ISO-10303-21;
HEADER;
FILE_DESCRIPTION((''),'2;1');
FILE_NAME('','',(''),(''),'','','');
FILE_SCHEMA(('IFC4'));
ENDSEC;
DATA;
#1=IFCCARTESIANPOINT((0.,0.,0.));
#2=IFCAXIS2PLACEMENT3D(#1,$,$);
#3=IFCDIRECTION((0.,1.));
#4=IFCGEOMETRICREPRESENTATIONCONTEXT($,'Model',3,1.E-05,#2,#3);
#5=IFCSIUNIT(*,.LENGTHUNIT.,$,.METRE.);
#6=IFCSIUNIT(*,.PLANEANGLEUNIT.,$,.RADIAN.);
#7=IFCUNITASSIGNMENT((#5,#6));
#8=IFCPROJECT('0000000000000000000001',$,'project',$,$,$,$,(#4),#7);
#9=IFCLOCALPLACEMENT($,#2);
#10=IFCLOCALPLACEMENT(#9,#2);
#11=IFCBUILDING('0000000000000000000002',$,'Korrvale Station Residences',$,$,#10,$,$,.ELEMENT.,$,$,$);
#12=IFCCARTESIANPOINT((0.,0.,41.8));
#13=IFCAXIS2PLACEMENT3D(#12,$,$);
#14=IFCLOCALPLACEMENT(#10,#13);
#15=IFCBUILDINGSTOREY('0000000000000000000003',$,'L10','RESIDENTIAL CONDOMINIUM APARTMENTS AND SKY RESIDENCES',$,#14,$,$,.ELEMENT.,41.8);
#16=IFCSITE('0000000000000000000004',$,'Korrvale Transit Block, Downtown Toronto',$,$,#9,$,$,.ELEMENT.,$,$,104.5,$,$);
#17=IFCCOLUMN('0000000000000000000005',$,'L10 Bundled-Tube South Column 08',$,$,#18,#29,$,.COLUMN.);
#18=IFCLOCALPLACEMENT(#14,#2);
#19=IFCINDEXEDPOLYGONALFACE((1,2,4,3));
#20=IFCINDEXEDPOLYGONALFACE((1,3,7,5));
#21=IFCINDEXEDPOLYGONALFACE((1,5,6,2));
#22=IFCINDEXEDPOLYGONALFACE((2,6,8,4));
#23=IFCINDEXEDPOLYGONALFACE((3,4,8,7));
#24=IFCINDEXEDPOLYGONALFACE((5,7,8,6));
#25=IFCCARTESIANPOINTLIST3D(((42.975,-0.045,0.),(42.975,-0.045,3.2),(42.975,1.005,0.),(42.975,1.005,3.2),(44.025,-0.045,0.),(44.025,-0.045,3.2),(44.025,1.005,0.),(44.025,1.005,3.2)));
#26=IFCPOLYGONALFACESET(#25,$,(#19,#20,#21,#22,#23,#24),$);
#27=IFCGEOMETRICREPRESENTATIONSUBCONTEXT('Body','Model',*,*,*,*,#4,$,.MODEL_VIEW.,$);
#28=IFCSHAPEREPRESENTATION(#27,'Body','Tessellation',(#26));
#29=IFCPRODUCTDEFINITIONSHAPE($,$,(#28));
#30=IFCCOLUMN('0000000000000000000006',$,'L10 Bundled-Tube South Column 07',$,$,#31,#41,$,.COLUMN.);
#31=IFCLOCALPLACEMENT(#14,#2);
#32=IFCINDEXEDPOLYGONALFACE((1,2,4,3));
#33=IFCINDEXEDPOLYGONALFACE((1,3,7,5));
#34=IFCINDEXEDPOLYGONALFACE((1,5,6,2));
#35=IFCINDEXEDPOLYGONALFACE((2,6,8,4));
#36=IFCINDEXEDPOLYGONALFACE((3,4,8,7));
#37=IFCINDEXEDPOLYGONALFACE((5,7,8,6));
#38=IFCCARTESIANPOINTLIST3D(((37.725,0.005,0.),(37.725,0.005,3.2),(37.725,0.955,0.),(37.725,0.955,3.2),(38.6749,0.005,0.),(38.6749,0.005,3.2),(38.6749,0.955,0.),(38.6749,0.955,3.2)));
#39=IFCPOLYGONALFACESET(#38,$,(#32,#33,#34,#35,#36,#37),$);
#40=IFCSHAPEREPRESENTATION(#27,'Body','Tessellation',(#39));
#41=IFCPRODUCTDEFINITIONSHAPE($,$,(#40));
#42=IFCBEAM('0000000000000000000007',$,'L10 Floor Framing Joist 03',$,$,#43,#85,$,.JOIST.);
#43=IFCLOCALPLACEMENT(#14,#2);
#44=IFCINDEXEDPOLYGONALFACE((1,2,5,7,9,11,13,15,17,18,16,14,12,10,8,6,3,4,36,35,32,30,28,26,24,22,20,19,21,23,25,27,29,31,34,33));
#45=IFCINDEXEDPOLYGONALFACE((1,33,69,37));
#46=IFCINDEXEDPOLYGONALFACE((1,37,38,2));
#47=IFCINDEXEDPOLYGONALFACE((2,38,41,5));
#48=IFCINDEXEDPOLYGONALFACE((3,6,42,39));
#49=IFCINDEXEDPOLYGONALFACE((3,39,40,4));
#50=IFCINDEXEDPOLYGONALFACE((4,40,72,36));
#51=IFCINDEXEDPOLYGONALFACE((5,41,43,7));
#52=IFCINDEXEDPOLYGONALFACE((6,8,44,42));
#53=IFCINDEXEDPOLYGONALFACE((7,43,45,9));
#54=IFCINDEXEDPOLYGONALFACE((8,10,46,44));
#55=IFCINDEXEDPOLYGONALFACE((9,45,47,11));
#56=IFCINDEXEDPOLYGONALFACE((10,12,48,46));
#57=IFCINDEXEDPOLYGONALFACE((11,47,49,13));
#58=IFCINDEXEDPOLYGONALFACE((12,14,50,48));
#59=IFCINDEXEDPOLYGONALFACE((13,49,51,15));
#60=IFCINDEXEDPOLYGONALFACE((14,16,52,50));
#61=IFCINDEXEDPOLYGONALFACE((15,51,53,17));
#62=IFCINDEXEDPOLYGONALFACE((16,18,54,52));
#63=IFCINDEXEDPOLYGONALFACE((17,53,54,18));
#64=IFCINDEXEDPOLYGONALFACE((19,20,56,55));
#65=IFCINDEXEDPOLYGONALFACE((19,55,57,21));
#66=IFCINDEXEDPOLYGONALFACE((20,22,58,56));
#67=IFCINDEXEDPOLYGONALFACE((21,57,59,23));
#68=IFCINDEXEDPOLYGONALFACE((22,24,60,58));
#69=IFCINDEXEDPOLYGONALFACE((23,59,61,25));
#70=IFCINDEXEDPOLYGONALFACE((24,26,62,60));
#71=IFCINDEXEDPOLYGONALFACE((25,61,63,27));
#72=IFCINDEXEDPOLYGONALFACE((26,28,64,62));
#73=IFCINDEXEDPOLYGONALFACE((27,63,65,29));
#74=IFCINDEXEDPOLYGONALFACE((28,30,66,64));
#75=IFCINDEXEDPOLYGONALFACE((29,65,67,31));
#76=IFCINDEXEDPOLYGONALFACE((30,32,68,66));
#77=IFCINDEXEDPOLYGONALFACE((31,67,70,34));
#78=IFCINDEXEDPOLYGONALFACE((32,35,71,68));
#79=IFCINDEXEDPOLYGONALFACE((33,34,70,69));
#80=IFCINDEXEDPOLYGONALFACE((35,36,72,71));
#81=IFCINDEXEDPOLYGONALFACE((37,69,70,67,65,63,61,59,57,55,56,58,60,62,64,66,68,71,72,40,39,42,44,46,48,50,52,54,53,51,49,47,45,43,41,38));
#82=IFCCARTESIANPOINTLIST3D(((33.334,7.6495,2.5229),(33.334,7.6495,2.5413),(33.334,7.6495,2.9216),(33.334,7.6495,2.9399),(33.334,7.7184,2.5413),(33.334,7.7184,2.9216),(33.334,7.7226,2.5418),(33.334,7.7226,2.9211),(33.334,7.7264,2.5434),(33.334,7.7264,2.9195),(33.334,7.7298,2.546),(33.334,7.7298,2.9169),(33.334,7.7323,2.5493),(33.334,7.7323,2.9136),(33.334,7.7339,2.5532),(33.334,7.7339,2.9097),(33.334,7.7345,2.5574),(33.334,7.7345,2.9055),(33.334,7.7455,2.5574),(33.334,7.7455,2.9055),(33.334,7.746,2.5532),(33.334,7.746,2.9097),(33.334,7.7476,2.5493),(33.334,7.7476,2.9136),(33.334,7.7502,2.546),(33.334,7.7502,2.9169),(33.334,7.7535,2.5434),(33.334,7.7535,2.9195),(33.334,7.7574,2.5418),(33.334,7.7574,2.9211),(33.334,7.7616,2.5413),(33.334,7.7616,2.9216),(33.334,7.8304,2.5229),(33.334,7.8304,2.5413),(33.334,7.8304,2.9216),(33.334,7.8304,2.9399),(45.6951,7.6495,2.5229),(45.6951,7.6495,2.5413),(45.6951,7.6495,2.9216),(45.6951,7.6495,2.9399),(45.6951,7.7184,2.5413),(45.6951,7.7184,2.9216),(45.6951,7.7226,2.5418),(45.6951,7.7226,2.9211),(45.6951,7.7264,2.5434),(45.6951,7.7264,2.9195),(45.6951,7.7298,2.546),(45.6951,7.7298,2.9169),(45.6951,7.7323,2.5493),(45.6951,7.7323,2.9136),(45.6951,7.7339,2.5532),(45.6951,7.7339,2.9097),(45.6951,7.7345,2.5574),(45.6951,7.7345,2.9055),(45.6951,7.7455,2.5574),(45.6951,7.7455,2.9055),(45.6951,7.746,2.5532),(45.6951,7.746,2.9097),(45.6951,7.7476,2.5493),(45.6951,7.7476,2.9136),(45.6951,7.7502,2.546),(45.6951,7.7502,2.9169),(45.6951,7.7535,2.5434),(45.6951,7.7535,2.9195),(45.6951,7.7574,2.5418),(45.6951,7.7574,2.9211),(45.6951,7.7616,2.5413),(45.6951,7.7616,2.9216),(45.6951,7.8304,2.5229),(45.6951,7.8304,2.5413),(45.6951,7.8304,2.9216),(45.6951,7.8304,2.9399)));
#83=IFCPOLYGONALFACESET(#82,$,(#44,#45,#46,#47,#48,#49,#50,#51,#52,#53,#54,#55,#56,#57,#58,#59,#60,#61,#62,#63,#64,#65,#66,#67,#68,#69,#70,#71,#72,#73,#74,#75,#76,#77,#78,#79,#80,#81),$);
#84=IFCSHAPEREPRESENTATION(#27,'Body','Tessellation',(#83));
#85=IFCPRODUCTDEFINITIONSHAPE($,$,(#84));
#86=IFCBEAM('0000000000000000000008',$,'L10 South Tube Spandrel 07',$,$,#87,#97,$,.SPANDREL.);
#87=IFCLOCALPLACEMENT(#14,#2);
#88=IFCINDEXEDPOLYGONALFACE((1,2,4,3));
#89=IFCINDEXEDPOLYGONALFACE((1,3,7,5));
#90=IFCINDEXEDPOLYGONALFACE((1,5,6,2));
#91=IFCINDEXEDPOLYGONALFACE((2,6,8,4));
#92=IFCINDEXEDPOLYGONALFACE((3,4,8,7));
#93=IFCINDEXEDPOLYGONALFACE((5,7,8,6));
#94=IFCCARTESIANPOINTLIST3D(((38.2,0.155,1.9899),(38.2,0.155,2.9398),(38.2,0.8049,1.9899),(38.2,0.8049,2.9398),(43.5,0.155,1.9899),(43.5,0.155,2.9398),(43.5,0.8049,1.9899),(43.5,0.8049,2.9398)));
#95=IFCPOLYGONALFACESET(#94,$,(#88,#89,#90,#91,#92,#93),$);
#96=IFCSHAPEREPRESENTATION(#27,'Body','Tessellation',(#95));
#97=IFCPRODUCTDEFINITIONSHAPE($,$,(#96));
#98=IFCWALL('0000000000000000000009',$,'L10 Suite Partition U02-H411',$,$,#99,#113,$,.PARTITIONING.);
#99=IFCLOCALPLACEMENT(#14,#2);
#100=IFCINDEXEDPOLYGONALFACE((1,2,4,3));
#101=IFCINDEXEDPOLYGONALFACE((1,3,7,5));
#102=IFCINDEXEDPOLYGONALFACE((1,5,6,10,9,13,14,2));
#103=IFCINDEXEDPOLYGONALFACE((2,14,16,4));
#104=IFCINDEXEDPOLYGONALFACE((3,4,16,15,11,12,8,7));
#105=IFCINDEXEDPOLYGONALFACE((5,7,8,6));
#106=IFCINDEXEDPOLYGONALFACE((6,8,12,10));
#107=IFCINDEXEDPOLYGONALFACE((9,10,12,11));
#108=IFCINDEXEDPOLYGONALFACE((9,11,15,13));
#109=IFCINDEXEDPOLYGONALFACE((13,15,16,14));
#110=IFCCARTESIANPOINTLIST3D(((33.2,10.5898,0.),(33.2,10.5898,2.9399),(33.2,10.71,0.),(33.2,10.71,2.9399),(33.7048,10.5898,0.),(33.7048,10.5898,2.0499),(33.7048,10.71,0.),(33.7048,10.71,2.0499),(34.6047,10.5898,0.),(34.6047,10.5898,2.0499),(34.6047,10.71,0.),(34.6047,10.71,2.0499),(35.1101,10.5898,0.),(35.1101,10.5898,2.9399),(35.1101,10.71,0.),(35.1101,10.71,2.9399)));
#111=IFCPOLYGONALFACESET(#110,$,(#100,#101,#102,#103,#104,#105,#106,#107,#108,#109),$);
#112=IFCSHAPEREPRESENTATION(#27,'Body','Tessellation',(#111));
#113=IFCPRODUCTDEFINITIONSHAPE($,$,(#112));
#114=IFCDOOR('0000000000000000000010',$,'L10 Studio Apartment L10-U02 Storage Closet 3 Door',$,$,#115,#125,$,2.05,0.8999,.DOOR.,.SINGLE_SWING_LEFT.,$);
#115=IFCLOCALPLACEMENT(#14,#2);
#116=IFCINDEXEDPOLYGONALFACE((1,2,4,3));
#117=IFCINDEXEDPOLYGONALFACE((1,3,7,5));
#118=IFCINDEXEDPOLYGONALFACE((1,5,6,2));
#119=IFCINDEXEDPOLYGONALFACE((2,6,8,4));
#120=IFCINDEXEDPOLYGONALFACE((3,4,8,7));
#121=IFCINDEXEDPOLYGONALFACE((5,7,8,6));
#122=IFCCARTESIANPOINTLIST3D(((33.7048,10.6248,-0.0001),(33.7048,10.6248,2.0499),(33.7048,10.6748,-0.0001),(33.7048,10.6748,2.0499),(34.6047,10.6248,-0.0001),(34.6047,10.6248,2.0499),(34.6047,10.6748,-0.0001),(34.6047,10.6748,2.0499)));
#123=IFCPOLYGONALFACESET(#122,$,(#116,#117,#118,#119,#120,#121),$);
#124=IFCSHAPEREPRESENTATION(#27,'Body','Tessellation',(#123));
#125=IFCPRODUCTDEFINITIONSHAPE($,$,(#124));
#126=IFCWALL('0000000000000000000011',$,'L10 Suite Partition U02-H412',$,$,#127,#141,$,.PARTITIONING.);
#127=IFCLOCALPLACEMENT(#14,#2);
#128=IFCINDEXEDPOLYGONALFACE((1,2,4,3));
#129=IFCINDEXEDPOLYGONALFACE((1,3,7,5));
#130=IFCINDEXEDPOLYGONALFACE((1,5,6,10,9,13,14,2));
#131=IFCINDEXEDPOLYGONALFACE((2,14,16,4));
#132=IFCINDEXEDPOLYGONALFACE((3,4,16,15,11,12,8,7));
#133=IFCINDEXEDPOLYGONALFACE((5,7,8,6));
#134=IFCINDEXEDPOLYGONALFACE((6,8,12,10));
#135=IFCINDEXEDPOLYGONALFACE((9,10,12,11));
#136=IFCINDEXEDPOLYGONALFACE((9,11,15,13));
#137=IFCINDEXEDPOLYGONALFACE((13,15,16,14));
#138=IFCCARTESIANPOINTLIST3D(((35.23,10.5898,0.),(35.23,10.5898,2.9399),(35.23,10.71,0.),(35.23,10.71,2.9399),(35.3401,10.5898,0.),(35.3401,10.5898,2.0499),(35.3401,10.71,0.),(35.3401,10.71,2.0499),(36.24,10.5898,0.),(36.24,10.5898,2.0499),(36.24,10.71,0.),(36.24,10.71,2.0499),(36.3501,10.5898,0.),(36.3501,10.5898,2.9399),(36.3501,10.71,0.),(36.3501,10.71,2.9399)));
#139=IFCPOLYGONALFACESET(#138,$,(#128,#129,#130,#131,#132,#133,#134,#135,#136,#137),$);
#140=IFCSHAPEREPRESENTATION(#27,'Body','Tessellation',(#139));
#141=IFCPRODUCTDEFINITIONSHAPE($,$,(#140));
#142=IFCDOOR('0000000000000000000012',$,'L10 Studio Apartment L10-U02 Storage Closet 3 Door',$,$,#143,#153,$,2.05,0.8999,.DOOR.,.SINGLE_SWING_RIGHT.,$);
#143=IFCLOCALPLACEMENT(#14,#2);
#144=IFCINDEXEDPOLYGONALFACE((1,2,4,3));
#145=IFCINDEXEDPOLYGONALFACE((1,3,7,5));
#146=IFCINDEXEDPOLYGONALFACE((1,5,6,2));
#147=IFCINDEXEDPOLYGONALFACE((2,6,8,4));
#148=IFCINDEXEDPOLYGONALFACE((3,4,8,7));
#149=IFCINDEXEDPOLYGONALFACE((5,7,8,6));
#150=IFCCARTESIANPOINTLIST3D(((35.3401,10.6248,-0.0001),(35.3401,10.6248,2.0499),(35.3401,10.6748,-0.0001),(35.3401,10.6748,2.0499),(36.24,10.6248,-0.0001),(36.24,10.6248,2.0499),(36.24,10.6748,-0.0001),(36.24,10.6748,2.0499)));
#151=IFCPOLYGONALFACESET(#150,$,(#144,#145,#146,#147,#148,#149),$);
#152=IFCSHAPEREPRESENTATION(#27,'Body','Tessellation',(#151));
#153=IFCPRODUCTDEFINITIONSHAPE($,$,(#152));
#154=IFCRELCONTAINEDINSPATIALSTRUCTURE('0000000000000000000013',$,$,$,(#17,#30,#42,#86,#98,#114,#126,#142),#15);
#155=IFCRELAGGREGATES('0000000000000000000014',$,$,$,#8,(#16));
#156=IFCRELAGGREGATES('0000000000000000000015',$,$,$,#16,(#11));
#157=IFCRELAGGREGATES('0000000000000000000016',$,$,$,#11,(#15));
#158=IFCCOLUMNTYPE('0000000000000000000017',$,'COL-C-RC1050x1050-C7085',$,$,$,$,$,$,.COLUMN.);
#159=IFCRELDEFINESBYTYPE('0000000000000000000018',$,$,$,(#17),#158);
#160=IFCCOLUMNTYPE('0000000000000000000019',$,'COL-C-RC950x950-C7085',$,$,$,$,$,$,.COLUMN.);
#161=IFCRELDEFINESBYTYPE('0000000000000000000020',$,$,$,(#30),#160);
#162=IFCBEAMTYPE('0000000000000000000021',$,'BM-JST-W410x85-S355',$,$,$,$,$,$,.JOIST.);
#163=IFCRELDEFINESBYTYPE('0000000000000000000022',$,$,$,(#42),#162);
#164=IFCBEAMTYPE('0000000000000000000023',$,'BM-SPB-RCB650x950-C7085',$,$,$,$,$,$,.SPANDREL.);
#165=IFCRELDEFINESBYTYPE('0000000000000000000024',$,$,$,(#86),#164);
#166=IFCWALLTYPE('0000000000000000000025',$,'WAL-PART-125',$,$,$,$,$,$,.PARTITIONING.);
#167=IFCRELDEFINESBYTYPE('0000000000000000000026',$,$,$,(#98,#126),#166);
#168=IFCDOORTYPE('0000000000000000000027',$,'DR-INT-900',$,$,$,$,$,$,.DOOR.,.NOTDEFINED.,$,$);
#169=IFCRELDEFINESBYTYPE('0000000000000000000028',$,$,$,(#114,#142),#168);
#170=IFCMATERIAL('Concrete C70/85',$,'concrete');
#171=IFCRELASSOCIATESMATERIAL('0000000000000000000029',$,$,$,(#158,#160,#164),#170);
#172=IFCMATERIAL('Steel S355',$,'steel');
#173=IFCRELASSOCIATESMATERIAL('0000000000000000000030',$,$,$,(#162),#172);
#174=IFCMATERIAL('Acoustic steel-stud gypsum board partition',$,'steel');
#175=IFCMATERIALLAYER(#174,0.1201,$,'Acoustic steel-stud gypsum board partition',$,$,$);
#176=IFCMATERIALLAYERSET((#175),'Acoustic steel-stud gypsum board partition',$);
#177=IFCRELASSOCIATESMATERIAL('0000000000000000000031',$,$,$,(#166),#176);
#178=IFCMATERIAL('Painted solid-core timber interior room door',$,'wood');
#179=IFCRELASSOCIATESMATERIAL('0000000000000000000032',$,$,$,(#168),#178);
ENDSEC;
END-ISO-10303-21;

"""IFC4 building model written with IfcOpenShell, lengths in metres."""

from ifc_helpers import new_model, si_unit, direction, frame, frame_2d, origin, origin_2d, place, context, subcontext, project, spatial, rectangle, i_section, extrude, material, layer, layer_set, material_profile, profile_set, type_object, element, fill, save


model = new_model("IFC4")

# Units and contexts
model_context = context("Model", 3, precision=1e-05, world=origin(), true_north=direction((0.0, 1.0)))
body_context = subcontext(model_context, "Body", "Model", "MODEL_VIEW")
ifc_project = project(units=[si_unit("LENGTHUNIT", "METRE"), si_unit("PLANEANGLEUNIT", "RADIAN")], contexts=[model_context])

# Site, building, storey
site_placement = place(None, origin())
site = spatial("IfcSite", under=ifc_project, at=site_placement, Name="Korrvale Transit Block, Downtown Toronto", CompositionType="ELEMENT", RefElevation=104.5)
building_placement = place(site_placement, origin())
building = spatial("IfcBuilding", under=site, at=building_placement, Name="Korrvale Station Residences", CompositionType="ELEMENT")
storey_placement = place(building_placement, frame((0.0, 0.0, 41.8)))
storey = spatial("IfcBuildingStorey", under=building, at=storey_placement, Name="L10", Description="RESIDENTIAL CONDOMINIUM APARTMENTS AND SKY RESIDENCES", CompositionType="ELEMENT", Elevation=41.8)

# Columns
ifc_material_1 = material(Name="Concrete C70/85", Category="concrete")
ifc_material_profile_1 = material_profile(ifc_material_1, rectangle(XDim=1.05, YDim=1.05, at=origin_2d()), Name="RC1050x1050")
ifc_profile_set_1 = profile_set([ifc_material_profile_1], Name="Concrete C70/85")
column_type_1 = type_object("IfcColumnType", Name="COL-C-RC1050x1050-C7085", PredefinedType="COLUMN", material=ifc_profile_set_1)
column_1_placement = place(storey_placement, frame((43.5, 0.48, 0.0), z_axis=(0.0, 0.0, 1.0), x_axis=(1.0, 0.0, 0.0)))
element("IfcColumn", 1, at=column_1_placement, inside=storey, type_object=column_type_1, Name="L10 Bundled-Tube South Column 08", PredefinedType="COLUMN", context=body_context, shape_type="SweptSolid", body=[
    extrude(rectangle(XDim=1.05, YDim=1.05, at=origin_2d()), origin(), (0.0, 0.0, 1.0), 3.2),
])
ifc_material_profile_2 = material_profile(ifc_material_1, rectangle(XDim=0.95, YDim=0.95, at=origin_2d()), Name="RC950x950")
ifc_profile_set_2 = profile_set([ifc_material_profile_2], Name="Concrete C70/85")
column_type_2 = type_object("IfcColumnType", Name="COL-C-RC950x950-C7085", PredefinedType="COLUMN", material=ifc_profile_set_2)
column_2_placement = place(storey_placement, frame((38.2, 0.48, 0.0), z_axis=(0.0, 0.0, 1.0), x_axis=(1.0, 0.0, 0.0)))
element("IfcColumn", 2, at=column_2_placement, inside=storey, type_object=column_type_2, Name="L10 Bundled-Tube South Column 07", PredefinedType="COLUMN", context=body_context, shape_type="SweptSolid", body=[
    extrude(rectangle(XDim=0.95, YDim=0.95, at=origin_2d()), origin(), (0.0, 0.0, 1.0), 3.2),
])

# Beams
ifc_material_2 = material(Name="Steel S355", Category="steel")
ifc_material_profile_3 = material_profile(ifc_material_2, i_section(OverallWidth=0.1809, OverallDepth=0.417, WebThickness=0.011, FlangeThickness=0.0183, FilletRadius=0.0161, at=origin_2d()), Name="W410x85")
ifc_profile_set_3 = profile_set([ifc_material_profile_3], Name="Steel S355")
beam_type_1 = type_object("IfcBeamType", Name="BM-JST-W410x85-S355", PredefinedType="JOIST", material=ifc_profile_set_3)
beam_1_placement = place(storey_placement, frame((33.334, 7.74, 2.7314), z_axis=(1.0, 0.0, 0.0), x_axis=(0.0, 1.0, 0.0)))
element("IfcBeam", 3, at=beam_1_placement, inside=storey, type_object=beam_type_1, Name="L10 Floor Framing Joist 03", PredefinedType="JOIST", context=body_context, shape_type="SweptSolid", body=[
    extrude(i_section(OverallWidth=0.1809, OverallDepth=0.417, WebThickness=0.011, FlangeThickness=0.0183, FilletRadius=0.0161, at=origin_2d()), origin(), (0.0, 0.0, 1.0), 12.3611),
])
ifc_material_profile_4 = material_profile(ifc_material_1, rectangle(XDim=0.6499, YDim=0.95, at=origin_2d()), Name="RCB650x950")
ifc_profile_set_4 = profile_set([ifc_material_profile_4], Name="Concrete C70/85")
beam_type_2 = type_object("IfcBeamType", Name="BM-SPB-RCB650x950-C7085", PredefinedType="SPANDREL", material=ifc_profile_set_4)
beam_2_placement = place(storey_placement, frame((38.2, 0.48, 2.4648), z_axis=(1.0, 0.0, 0.0), x_axis=(0.0, 1.0, 0.0)))
element("IfcBeam", 4, at=beam_2_placement, inside=storey, type_object=beam_type_2, Name="L10 South Tube Spandrel 07", PredefinedType="SPANDREL", context=body_context, shape_type="SweptSolid", body=[
    extrude(rectangle(XDim=0.6499, YDim=0.95, at=origin_2d()), origin(), (0.0, 0.0, 1.0), 5.3),
])

# Walls, openings, doors
ifc_material_3 = material(Name="Acoustic steel-stud gypsum board partition", Category="steel")
ifc_layer_1 = layer(ifc_material_3, 0.1201, Name="Acoustic steel-stud gypsum board partition")
ifc_layer_set_1 = layer_set([ifc_layer_1], Name="Acoustic steel-stud gypsum board partition")
wall_type = type_object("IfcWallType", Name="WAL-PART-125", PredefinedType="PARTITIONING", material=ifc_layer_set_1)
wall_1_placement = place(storey_placement, frame((33.2, 10.6499, 0.0), z_axis=(0.0, 0.0, 1.0), x_axis=(1.0, 0.0, 0.0)))
wall_1 = element("IfcWall", 5, at=wall_1_placement, inside=storey, type_object=wall_type, Name="L10 Suite Partition U02-H411", PredefinedType="PARTITIONING", context=body_context, shape_type="SweptSolid", body=[
    extrude(rectangle(XDim=1.9102, YDim=0.1201, at=frame_2d((0.9551, 0.0))), origin(), (0.0, 0.0, 1.0), 2.9399),
])
opening_1_placement = place(wall_1_placement, frame((0.5049, 0.0, 0.0)))
opening_1 = element("IfcOpeningElement", 6, at=opening_1_placement, cuts=wall_1, PredefinedType="OPENING", context=body_context, shape_type="SweptSolid", body=[
    extrude(rectangle(XDim=0.8999, YDim=2.05, at=frame_2d((0.45, 1.0249))), frame((0.0, 0.0701, 0.0), z_axis=(0.0, -1.0, 0.0), x_axis=(1.0, 0.0, 0.0)), (0.0, 0.0, 1.0), 0.1401),
])
ifc_material_4 = material(Name="Painted solid-core timber interior room door", Category="wood")
door_type = type_object("IfcDoorType", Name="DR-INT-900", OperationType="NOTDEFINED", PredefinedType="DOOR", material=ifc_material_4)
door_1_placement = place(opening_1_placement, origin())
door_1 = element("IfcDoor", 7, at=door_1_placement, inside=storey, type_object=door_type, Name="L10 Studio Apartment L10-U02 Storage Closet 3 Door", OperationType="SINGLE_SWING_LEFT", OverallHeight=2.05, OverallWidth=0.8999, PredefinedType="DOOR", context=body_context, shape_type="SweptSolid", body=[
    extrude(rectangle(XDim=0.8999, YDim=2.05, at=frame_2d((0.45, 1.0249))), frame((0.0, 0.0249, 0.0), z_axis=(0.0, -1.0, 0.0), x_axis=(1.0, 0.0, 0.0)), (0.0, 0.0, 1.0), 0.05),
])
fill(opening_1, door_1)
wall_2_placement = place(storey_placement, frame((35.23, 10.6499, 0.0), z_axis=(0.0, 0.0, 1.0), x_axis=(1.0, 0.0, 0.0)))
wall_2 = element("IfcWall", 8, at=wall_2_placement, inside=storey, type_object=wall_type, Name="L10 Suite Partition U02-H412", PredefinedType="PARTITIONING", context=body_context, shape_type="SweptSolid", body=[
    extrude(rectangle(XDim=1.1201, YDim=0.1201, at=frame_2d((0.5601, 0.0))), origin(), (0.0, 0.0, 1.0), 2.9399),
])
opening_2_placement = place(wall_2_placement, frame((0.1101, 0.0, 0.0)))
opening_2 = element("IfcOpeningElement", 9, at=opening_2_placement, cuts=wall_2, PredefinedType="OPENING", context=body_context, shape_type="SweptSolid", body=[
    extrude(rectangle(XDim=0.8999, YDim=2.05, at=frame_2d((0.45, 1.0249))), frame((0.0, 0.0701, 0.0), z_axis=(0.0, -1.0, 0.0), x_axis=(1.0, 0.0, 0.0)), (0.0, 0.0, 1.0), 0.1401),
])
door_2_placement = place(opening_2_placement, origin())
door_2 = element("IfcDoor", 10, at=door_2_placement, inside=storey, type_object=door_type, Name="L10 Studio Apartment L10-U02 Storage Closet 3 Door", OperationType="SINGLE_SWING_RIGHT", OverallHeight=2.05, OverallWidth=0.8999, PredefinedType="DOOR", context=body_context, shape_type="SweptSolid", body=[
    extrude(rectangle(XDim=0.8999, YDim=2.05, at=frame_2d((0.45, 1.0249))), frame((0.0, 0.0249, 0.0), z_axis=(0.0, -1.0, 0.0), x_axis=(1.0, 0.0, 0.0)), (0.0, 0.0, 1.0), 0.05),
])
fill(opening_2, door_2)

save(model, "model.ifc")
